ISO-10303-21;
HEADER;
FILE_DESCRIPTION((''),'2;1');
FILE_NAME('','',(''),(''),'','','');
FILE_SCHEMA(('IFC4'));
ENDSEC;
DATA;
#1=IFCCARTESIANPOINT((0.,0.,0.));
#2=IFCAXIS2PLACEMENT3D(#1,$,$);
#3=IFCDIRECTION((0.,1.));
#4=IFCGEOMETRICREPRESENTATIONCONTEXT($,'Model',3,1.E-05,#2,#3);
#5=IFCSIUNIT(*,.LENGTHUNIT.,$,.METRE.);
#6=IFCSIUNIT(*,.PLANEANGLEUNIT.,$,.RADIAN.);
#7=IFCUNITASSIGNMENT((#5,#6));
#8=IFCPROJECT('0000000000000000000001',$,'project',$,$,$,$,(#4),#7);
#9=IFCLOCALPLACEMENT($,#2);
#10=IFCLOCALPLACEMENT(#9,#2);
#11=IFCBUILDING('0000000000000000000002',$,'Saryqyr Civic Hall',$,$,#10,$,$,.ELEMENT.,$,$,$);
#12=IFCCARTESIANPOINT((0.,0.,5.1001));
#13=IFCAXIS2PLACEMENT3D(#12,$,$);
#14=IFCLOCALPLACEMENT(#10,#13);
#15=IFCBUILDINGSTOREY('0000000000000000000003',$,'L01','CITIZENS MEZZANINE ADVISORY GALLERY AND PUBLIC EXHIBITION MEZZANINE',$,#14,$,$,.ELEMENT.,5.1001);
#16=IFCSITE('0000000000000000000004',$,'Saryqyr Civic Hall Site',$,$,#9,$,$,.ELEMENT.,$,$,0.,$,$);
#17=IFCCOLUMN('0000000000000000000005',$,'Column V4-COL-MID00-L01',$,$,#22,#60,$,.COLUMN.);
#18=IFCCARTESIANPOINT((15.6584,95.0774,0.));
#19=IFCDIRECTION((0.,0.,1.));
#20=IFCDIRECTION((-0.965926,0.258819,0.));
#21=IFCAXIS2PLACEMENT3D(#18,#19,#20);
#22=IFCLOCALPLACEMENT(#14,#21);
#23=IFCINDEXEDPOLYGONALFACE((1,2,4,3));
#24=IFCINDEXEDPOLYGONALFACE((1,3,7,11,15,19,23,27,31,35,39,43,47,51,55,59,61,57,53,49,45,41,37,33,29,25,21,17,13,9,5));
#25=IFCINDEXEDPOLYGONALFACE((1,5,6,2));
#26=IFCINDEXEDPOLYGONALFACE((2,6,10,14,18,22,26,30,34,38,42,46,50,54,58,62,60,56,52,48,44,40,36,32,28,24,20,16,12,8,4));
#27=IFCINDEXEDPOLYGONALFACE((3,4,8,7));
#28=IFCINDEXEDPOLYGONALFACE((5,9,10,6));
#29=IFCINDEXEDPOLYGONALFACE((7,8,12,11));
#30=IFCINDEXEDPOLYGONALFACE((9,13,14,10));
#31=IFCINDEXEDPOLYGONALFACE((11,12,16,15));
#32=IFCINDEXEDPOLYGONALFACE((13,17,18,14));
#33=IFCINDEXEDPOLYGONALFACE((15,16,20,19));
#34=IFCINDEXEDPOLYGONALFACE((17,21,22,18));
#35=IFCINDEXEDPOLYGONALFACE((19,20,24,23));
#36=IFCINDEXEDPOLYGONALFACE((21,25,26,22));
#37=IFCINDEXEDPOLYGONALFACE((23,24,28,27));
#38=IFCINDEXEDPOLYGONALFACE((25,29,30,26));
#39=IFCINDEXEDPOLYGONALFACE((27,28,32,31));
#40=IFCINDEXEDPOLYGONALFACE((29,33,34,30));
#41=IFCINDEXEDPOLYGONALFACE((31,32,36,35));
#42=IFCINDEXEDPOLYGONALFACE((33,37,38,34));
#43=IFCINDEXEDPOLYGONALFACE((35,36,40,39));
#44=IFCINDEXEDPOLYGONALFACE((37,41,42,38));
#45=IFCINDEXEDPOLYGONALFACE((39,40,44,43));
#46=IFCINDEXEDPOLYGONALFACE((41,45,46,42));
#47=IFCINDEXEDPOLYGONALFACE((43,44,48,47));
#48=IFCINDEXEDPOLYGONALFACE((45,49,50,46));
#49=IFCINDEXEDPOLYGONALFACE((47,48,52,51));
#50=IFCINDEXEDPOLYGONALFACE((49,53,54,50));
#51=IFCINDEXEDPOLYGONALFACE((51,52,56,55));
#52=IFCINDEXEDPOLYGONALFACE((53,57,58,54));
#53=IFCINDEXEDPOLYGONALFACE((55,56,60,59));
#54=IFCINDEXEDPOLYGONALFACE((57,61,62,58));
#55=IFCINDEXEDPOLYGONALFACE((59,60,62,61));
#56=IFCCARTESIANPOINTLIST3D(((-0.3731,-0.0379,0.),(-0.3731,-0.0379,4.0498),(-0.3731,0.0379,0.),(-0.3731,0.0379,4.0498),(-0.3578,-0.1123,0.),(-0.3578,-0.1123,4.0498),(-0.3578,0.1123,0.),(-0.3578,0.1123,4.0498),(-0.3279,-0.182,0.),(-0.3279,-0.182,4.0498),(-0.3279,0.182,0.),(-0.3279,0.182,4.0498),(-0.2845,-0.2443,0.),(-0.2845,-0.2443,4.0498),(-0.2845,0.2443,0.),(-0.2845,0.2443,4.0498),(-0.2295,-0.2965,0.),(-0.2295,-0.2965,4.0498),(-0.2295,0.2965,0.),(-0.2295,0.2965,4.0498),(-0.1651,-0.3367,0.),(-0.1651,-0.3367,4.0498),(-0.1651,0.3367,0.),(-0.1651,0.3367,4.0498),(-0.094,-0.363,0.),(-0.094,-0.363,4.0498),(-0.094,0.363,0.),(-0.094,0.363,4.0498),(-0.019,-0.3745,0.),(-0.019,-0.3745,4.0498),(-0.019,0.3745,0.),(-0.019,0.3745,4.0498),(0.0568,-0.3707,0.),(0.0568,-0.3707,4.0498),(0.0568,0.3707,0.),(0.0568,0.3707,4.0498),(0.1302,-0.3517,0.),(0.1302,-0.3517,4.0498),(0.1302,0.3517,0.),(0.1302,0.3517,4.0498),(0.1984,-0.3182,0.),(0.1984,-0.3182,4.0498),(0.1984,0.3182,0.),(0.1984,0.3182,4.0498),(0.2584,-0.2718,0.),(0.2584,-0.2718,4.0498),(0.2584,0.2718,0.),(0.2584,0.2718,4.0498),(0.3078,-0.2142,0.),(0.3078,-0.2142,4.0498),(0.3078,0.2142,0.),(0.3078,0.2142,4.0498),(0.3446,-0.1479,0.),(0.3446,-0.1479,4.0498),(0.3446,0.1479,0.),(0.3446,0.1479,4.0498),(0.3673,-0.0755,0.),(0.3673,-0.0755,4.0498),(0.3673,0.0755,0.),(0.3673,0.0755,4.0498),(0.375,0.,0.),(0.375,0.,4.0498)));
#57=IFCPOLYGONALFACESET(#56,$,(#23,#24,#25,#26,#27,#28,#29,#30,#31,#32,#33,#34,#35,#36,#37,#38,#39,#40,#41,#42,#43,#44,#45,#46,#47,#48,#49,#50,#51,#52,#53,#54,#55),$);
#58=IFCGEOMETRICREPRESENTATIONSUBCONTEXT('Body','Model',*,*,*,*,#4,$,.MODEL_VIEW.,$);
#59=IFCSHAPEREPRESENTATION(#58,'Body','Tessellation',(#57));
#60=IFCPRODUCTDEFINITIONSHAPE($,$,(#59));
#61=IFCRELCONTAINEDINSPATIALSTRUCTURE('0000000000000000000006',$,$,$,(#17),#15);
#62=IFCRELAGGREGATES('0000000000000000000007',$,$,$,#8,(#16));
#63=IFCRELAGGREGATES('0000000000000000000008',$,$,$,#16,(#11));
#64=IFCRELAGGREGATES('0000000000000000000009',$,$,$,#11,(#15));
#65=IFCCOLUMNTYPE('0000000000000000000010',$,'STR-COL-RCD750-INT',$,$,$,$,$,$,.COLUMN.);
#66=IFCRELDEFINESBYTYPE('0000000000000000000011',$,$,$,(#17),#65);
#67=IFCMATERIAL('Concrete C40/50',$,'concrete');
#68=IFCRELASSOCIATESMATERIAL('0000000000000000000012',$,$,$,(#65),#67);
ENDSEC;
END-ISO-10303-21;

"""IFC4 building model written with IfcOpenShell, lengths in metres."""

from ifc_helpers import new_model, si_unit, direction, frame, origin, origin_2d, place, context, subcontext, project, spatial, circle, extrude, material, material_profile, profile_set, type_object, element, save


model = new_model("IFC4")

# Units and contexts
model_context = context("Model", 3, precision=1e-05, world=origin(), true_north=direction((0.0, 1.0)))
body_context = subcontext(model_context, "Body", "Model", "MODEL_VIEW")
ifc_project = project(units=[si_unit("LENGTHUNIT", "METRE"), si_unit("PLANEANGLEUNIT", "RADIAN")], contexts=[model_context])

# Site, building, storey
site_placement = place(None, origin())
site = spatial("IfcSite", under=ifc_project, at=site_placement, Name="Saryqyr Civic Hall Site", CompositionType="ELEMENT", RefElevation=0.0)
building_placement = place(site_placement, origin())
building = spatial("IfcBuilding", under=site, at=building_placement, Name="Saryqyr Civic Hall", CompositionType="ELEMENT")
storey_placement = place(building_placement, frame((0.0, 0.0, 5.1001)))
storey = spatial("IfcBuildingStorey", under=building, at=storey_placement, Name="L01", Description="CITIZENS MEZZANINE ADVISORY GALLERY AND PUBLIC EXHIBITION MEZZANINE", CompositionType="ELEMENT", Elevation=5.1001)

# Column
ifc_material_1 = material(Name="Concrete C40/50", Category="concrete")
ifc_material_profile_1 = material_profile(ifc_material_1, circle(Radius=0.375, at=origin_2d()), Name="RC D750")
ifc_profile_set_1 = profile_set([ifc_material_profile_1], Name="Concrete C40/50")
column_type = type_object("IfcColumnType", Name="STR-COL-RCD750-INT", PredefinedType="COLUMN", material=ifc_profile_set_1)
column_placement = place(storey_placement, frame((15.6584, 95.0774, 0.0), z_axis=(0.0, 0.0, 1.0), x_axis=(-0.965926, 0.258819, 0.0)))
element("IfcColumn", 1, at=column_placement, inside=storey, type_object=column_type, Name="Column V4-COL-MID00-L01", PredefinedType="COLUMN", context=body_context, shape_type="SweptSolid", body=[
    extrude(circle(Radius=0.375, at=origin_2d()), origin(), (0.0, 0.0, 1.0), 4.0498),
])

save(model, "model.ifc")
